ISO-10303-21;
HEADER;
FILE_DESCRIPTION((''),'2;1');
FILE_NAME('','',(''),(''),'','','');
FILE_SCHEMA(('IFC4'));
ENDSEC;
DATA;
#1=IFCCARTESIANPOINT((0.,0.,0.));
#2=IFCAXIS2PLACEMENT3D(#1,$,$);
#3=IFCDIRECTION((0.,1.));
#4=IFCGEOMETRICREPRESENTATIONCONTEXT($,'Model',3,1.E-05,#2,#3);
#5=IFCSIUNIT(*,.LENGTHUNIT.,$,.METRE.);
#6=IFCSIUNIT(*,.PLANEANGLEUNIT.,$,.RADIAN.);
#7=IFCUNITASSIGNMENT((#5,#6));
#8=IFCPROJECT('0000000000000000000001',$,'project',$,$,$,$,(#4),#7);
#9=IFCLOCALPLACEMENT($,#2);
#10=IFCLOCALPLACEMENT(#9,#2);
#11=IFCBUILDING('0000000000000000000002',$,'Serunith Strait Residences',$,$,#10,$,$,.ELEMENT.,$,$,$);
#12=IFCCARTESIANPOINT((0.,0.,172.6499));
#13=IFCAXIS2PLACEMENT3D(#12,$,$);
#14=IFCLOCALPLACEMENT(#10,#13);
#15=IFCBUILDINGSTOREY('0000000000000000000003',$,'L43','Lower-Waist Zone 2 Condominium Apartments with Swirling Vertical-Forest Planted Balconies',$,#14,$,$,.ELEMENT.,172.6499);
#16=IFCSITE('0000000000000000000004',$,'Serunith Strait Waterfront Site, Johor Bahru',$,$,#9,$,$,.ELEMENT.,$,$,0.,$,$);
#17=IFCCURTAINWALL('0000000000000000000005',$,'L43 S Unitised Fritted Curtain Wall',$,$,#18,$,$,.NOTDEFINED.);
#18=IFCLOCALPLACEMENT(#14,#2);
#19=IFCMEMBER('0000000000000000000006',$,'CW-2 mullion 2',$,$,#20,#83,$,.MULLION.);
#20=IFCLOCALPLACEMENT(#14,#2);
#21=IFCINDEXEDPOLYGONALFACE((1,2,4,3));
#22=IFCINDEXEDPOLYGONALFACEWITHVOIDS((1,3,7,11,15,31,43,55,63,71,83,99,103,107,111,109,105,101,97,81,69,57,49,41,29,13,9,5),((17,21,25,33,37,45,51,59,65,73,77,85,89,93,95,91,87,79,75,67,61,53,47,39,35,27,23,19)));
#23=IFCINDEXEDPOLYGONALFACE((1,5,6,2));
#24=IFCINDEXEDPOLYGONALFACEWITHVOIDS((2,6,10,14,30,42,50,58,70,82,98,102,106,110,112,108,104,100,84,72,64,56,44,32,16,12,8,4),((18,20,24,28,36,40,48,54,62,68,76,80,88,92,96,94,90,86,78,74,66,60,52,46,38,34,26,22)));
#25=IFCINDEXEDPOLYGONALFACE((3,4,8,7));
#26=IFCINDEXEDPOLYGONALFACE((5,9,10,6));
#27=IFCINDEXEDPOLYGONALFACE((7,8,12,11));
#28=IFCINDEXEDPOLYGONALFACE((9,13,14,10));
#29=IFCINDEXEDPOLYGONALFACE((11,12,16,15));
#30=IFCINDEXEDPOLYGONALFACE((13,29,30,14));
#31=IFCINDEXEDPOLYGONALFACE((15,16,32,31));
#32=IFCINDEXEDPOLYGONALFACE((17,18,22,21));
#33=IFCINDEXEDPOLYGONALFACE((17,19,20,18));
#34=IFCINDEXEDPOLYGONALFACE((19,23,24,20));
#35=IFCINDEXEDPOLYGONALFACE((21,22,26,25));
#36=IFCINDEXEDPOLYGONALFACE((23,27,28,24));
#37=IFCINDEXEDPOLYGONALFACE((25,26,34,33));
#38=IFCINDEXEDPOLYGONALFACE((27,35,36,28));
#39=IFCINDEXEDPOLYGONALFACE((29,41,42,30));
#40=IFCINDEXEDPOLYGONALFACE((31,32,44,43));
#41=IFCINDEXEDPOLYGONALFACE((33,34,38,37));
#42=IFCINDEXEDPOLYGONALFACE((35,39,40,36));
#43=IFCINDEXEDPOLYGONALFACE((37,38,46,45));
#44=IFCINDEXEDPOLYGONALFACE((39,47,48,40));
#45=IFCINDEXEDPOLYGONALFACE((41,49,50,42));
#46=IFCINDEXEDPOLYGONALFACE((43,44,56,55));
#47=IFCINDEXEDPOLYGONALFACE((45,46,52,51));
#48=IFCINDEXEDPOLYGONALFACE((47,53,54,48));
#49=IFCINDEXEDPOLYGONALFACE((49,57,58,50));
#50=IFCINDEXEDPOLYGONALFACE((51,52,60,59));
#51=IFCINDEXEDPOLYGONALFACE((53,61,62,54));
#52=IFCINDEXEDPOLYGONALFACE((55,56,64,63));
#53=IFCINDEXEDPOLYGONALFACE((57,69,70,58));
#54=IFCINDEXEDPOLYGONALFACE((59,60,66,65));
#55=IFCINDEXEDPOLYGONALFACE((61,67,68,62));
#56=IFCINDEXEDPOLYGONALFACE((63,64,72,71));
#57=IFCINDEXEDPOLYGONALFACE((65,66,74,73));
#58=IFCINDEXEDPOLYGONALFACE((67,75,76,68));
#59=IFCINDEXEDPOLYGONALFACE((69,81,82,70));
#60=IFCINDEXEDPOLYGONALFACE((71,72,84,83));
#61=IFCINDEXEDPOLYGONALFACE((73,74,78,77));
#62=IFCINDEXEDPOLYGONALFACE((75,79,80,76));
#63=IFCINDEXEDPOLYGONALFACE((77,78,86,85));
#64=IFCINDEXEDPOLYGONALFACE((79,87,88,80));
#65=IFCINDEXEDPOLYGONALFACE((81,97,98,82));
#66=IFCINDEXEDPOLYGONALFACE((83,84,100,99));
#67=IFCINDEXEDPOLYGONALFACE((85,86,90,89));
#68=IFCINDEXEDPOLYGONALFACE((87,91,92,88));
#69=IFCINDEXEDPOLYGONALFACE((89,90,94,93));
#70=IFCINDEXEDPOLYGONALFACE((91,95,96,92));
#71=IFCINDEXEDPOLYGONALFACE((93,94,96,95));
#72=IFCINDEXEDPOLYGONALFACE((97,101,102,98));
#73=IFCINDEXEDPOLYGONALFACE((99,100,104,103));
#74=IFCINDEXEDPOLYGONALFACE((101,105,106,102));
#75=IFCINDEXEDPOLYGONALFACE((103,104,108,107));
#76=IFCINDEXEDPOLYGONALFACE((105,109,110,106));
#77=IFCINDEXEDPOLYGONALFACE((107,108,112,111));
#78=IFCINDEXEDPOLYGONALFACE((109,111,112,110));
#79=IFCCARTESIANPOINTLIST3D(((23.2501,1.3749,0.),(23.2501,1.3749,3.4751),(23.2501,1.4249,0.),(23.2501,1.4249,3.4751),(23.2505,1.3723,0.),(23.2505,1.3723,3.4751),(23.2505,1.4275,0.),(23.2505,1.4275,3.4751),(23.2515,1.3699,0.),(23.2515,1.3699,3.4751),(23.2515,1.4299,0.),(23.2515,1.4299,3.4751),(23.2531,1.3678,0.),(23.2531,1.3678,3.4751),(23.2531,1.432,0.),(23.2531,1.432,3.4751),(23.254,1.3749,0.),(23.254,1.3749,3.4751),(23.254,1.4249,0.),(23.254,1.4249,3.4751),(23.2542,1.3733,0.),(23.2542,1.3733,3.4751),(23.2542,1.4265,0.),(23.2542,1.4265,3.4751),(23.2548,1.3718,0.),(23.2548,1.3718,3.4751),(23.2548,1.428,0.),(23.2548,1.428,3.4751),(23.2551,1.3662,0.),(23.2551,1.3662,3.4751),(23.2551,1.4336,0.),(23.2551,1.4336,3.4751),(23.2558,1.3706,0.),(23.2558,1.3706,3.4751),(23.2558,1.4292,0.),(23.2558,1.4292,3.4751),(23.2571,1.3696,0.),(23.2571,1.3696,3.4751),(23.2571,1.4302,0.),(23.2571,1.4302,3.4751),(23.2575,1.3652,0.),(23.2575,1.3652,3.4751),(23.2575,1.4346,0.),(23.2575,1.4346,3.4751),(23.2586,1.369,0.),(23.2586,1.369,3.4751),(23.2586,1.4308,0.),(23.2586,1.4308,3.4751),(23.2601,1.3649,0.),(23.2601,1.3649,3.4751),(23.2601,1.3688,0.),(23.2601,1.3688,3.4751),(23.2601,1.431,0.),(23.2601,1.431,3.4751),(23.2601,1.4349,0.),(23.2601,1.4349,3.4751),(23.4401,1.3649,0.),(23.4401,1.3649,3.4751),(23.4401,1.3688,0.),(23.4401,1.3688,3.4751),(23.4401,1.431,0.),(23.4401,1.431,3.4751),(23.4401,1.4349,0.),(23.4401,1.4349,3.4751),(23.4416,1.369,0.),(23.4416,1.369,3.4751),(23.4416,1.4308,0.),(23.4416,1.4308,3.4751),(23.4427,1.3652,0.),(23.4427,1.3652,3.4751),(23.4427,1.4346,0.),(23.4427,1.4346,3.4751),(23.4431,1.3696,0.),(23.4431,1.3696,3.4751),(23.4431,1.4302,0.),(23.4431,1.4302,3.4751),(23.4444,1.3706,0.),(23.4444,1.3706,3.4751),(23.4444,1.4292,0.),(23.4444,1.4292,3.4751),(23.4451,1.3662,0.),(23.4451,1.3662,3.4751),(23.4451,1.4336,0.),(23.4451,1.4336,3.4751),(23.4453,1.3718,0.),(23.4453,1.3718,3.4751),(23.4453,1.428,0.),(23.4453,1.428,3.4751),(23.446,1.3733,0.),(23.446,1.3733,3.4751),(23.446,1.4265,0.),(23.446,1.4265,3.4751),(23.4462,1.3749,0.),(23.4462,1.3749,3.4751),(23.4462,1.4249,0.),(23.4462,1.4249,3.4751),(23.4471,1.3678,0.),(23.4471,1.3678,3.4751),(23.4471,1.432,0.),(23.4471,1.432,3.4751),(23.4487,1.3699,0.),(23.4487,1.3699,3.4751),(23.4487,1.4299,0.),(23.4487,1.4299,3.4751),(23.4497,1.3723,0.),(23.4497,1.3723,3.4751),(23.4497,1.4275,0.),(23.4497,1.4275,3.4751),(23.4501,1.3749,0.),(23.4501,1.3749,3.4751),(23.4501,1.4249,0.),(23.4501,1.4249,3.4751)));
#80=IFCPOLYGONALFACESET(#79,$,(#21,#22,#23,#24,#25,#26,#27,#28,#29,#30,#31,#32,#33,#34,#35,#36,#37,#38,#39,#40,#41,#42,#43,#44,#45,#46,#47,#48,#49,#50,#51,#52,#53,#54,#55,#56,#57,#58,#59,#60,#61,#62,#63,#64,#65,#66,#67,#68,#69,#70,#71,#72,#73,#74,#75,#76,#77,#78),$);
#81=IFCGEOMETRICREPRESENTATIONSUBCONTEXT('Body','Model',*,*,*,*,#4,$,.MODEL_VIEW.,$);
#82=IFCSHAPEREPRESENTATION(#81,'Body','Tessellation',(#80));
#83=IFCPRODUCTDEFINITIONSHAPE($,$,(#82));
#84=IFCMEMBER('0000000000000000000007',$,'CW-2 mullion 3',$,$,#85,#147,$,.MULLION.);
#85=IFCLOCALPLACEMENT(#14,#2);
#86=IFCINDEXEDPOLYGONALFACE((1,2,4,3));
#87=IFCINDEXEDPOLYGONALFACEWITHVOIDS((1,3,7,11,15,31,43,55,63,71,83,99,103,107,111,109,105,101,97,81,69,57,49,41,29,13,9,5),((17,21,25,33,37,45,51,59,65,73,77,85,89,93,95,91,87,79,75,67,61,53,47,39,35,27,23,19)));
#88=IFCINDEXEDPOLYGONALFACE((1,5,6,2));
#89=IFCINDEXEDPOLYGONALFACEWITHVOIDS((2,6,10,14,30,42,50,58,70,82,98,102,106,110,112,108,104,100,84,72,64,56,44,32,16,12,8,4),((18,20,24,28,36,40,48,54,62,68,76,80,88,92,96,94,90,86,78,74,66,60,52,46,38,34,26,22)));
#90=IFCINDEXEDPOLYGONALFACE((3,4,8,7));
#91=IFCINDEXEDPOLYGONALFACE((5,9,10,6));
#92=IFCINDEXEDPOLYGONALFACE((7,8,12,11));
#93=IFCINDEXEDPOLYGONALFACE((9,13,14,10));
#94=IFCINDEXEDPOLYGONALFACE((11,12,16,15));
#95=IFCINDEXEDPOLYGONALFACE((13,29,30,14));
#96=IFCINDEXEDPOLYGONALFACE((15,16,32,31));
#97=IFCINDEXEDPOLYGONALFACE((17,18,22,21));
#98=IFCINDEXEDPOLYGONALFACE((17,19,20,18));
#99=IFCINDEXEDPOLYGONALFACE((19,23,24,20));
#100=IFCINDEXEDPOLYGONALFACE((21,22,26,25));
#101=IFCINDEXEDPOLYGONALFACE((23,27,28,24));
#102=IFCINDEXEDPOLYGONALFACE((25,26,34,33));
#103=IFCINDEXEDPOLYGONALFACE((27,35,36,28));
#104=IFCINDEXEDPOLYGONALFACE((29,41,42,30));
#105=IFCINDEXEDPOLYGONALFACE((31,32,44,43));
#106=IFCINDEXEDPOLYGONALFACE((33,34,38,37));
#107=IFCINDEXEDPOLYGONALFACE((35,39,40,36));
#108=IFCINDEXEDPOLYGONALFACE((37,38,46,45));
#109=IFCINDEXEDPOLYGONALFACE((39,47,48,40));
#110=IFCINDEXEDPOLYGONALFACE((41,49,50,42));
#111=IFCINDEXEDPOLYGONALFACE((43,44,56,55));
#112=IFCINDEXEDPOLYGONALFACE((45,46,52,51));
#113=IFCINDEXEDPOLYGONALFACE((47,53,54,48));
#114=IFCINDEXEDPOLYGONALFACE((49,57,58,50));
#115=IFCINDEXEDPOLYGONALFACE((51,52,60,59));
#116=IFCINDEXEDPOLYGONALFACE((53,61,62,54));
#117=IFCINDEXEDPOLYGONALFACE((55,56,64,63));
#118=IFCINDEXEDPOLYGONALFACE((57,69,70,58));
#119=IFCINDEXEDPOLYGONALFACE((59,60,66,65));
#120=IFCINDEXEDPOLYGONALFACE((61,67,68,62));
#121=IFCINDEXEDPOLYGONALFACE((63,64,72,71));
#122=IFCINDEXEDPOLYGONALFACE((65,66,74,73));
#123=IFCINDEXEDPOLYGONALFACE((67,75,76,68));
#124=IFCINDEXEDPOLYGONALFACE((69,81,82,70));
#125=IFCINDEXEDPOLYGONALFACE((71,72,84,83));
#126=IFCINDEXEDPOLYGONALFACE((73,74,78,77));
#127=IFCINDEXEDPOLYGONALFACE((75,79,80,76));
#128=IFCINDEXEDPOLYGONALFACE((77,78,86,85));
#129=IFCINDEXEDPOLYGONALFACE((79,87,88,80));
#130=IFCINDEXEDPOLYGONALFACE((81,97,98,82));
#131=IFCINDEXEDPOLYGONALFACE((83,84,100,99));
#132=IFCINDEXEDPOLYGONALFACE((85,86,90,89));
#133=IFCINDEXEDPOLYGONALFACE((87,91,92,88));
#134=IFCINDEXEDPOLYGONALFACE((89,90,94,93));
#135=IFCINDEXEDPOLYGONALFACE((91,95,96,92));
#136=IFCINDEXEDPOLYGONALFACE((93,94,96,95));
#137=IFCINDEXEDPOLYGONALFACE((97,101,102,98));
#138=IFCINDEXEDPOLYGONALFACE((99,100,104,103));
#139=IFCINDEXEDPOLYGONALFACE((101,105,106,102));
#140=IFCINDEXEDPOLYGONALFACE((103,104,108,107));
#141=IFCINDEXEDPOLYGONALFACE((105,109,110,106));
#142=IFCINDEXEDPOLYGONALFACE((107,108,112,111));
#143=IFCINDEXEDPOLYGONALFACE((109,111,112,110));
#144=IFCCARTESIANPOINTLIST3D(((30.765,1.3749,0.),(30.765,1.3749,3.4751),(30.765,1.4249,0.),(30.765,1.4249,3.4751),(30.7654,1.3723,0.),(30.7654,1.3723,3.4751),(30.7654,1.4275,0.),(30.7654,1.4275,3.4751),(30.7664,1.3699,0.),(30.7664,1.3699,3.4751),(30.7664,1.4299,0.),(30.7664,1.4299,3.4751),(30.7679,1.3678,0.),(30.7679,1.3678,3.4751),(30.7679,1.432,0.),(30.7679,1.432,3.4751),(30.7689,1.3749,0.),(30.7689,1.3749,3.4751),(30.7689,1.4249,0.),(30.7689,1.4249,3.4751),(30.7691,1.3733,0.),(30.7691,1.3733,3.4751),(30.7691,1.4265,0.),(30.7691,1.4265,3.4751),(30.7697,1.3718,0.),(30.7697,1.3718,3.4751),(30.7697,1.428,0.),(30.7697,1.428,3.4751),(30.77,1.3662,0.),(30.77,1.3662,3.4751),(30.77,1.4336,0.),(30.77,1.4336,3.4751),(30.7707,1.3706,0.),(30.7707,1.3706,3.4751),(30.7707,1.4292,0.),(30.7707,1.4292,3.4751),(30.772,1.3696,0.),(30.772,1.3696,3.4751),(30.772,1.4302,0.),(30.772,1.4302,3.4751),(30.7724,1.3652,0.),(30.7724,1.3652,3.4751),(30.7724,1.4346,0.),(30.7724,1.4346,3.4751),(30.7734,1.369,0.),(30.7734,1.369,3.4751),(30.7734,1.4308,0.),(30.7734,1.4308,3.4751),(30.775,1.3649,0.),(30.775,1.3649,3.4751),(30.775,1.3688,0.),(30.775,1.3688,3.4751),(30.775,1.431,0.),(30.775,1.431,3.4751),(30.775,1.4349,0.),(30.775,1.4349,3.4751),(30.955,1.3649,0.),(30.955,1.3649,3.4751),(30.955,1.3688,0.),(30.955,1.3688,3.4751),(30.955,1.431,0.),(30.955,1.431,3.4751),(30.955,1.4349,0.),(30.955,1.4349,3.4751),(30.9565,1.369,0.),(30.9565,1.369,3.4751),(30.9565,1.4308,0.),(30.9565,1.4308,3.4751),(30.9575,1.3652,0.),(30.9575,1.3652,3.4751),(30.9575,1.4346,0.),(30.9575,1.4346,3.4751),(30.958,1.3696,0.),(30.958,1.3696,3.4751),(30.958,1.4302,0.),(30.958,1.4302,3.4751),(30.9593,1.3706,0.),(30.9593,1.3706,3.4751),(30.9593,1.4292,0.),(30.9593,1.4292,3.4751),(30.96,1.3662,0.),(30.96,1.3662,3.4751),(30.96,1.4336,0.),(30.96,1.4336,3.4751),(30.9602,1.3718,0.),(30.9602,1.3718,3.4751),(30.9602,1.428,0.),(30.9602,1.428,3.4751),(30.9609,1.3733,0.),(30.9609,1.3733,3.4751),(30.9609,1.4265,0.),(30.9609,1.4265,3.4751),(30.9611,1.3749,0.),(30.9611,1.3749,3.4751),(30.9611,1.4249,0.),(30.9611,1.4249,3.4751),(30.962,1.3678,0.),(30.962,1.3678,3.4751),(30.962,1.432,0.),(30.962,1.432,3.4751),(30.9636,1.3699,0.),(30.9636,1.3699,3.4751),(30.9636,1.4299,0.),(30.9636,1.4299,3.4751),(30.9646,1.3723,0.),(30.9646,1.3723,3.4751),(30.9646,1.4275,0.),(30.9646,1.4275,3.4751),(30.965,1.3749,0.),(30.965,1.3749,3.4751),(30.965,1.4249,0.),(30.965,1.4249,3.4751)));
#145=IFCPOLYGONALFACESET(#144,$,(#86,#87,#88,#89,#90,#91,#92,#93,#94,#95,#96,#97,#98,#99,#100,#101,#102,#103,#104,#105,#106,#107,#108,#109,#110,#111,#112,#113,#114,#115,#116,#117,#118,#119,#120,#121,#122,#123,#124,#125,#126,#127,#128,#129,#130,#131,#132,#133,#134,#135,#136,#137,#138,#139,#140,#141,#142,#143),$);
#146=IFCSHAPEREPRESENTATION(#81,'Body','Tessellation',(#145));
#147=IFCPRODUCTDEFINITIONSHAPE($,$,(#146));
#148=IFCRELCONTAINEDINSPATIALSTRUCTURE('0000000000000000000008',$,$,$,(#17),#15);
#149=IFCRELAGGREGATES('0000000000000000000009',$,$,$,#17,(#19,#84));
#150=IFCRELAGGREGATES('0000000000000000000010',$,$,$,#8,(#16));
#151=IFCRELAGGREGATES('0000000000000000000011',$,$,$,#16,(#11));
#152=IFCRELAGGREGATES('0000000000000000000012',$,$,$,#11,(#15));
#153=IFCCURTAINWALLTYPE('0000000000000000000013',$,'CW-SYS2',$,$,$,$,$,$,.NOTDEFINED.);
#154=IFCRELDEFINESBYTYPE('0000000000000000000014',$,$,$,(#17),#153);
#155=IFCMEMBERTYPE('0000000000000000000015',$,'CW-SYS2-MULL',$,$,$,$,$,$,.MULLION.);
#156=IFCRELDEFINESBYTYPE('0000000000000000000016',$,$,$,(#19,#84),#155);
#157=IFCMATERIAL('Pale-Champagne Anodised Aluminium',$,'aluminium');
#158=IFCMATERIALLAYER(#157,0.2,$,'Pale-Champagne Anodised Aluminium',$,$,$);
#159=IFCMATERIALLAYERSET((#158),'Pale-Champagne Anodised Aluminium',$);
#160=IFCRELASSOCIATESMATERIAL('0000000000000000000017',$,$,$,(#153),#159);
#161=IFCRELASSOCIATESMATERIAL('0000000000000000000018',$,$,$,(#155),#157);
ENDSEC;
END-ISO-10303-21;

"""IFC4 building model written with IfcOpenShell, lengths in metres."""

from ifc_helpers import new_model, si_unit, direction, frame, origin, origin_2d, place, context, subcontext, project, spatial, hollow_rectangle, extrude, source, transform, mapped, material, layer, layer_set, material_profile, profile_set, type_object, element, aggregate, save


model = new_model("IFC4")

# Units and contexts
model_context = context("Model", 3, precision=1e-05, world=origin(), true_north=direction((0.0, 1.0)))
body_context = subcontext(model_context, "Body", "Model", "MODEL_VIEW")
ifc_project = project(units=[si_unit("LENGTHUNIT", "METRE"), si_unit("PLANEANGLEUNIT", "RADIAN")], contexts=[model_context])

# Site, building, storey
site_placement = place(None, origin())
site = spatial("IfcSite", under=ifc_project, at=site_placement, Name="Serunith Strait Waterfront Site, Johor Bahru", CompositionType="ELEMENT", RefElevation=0.0)
building_placement = place(site_placement, origin())
building = spatial("IfcBuilding", under=site, at=building_placement, Name="Serunith Strait Residences", CompositionType="ELEMENT")
storey_placement = place(building_placement, frame((0.0, 0.0, 172.6499)))
storey = spatial("IfcBuildingStorey", under=building, at=storey_placement, Name="L43", Description="Lower-Waist Zone 2 Condominium Apartments with Swirling Vertical-Forest Planted Balconies", CompositionType="ELEMENT", Elevation=172.6499)

# Curtain wall, members
ifc_material_1 = material(Name="Pale-Champagne Anodised Aluminium", Category="aluminium")
ifc_layer_1 = layer(ifc_material_1, 0.2, Name="Pale-Champagne Anodised Aluminium")
ifc_layer_set_1 = layer_set([ifc_layer_1], Name="Pale-Champagne Anodised Aluminium")
curtain_wall_type = type_object("IfcCurtainWallType", Name="CW-SYS2", PredefinedType="NOTDEFINED", material=ifc_layer_set_1)
curtain_wall_placement = place(storey_placement, origin())
curtain_wall = element("IfcCurtainWall", 1, at=curtain_wall_placement, inside=storey, type_object=curtain_wall_type, Name="L43 S Unitised Fritted Curtain Wall", PredefinedType="NOTDEFINED")
ifc_material_profile_1 = material_profile(ifc_material_1, hollow_rectangle(XDim=0.0701, YDim=0.2, WallThickness=0.0039, InnerFilletRadius=0.0061, OuterFilletRadius=0.01, at=origin_2d()), Name="ALU 200x70x4")
ifc_profile_set_1 = profile_set([ifc_material_profile_1], Name="Pale-Champagne Anodised Aluminium")
member_type_1 = type_object("IfcMemberType", Name="CW-SYS2-MULL", PredefinedType="MULLION", material=ifc_profile_set_1)
shared_shape_1 = source(origin(), body_context, "Body", "SweptSolid", [
    extrude(hollow_rectangle(XDim=0.0701, YDim=0.2, WallThickness=0.0039, InnerFilletRadius=0.0061, OuterFilletRadius=0.01, at=origin_2d()), origin(), (0.0, 0.0, 1.0), 3.4751),
])
member_1_placement = place(storey_placement, frame((23.3501, 1.3999, 0.0), z_axis=(0.0, 0.0, 1.0), x_axis=(0.0, 1.0, 0.0)))
member_1 = element("IfcMember", 2, at=member_1_placement, type_object=member_type_1, Name="CW-2 mullion 2", PredefinedType="MULLION", context=body_context, shape_type="MappedRepresentation", body=[
    mapped(shared_shape_1, transform((0.0, 0.0, 0.0), scale=1.0)),
])
member_2_placement = place(storey_placement, frame((30.865, 1.3999, 0.0), z_axis=(0.0, 0.0, 1.0), x_axis=(0.0, 1.0, 0.0)))
member_2 = element("IfcMember", 3, at=member_2_placement, type_object=member_type_1, Name="CW-2 mullion 3", PredefinedType="MULLION", context=body_context, shape_type="MappedRepresentation", body=[
    mapped(shared_shape_1, transform((0.0, 0.0, 0.0), scale=1.0)),
])
aggregate(curtain_wall, [member_1, member_2])

save(model, "model.ifc")
